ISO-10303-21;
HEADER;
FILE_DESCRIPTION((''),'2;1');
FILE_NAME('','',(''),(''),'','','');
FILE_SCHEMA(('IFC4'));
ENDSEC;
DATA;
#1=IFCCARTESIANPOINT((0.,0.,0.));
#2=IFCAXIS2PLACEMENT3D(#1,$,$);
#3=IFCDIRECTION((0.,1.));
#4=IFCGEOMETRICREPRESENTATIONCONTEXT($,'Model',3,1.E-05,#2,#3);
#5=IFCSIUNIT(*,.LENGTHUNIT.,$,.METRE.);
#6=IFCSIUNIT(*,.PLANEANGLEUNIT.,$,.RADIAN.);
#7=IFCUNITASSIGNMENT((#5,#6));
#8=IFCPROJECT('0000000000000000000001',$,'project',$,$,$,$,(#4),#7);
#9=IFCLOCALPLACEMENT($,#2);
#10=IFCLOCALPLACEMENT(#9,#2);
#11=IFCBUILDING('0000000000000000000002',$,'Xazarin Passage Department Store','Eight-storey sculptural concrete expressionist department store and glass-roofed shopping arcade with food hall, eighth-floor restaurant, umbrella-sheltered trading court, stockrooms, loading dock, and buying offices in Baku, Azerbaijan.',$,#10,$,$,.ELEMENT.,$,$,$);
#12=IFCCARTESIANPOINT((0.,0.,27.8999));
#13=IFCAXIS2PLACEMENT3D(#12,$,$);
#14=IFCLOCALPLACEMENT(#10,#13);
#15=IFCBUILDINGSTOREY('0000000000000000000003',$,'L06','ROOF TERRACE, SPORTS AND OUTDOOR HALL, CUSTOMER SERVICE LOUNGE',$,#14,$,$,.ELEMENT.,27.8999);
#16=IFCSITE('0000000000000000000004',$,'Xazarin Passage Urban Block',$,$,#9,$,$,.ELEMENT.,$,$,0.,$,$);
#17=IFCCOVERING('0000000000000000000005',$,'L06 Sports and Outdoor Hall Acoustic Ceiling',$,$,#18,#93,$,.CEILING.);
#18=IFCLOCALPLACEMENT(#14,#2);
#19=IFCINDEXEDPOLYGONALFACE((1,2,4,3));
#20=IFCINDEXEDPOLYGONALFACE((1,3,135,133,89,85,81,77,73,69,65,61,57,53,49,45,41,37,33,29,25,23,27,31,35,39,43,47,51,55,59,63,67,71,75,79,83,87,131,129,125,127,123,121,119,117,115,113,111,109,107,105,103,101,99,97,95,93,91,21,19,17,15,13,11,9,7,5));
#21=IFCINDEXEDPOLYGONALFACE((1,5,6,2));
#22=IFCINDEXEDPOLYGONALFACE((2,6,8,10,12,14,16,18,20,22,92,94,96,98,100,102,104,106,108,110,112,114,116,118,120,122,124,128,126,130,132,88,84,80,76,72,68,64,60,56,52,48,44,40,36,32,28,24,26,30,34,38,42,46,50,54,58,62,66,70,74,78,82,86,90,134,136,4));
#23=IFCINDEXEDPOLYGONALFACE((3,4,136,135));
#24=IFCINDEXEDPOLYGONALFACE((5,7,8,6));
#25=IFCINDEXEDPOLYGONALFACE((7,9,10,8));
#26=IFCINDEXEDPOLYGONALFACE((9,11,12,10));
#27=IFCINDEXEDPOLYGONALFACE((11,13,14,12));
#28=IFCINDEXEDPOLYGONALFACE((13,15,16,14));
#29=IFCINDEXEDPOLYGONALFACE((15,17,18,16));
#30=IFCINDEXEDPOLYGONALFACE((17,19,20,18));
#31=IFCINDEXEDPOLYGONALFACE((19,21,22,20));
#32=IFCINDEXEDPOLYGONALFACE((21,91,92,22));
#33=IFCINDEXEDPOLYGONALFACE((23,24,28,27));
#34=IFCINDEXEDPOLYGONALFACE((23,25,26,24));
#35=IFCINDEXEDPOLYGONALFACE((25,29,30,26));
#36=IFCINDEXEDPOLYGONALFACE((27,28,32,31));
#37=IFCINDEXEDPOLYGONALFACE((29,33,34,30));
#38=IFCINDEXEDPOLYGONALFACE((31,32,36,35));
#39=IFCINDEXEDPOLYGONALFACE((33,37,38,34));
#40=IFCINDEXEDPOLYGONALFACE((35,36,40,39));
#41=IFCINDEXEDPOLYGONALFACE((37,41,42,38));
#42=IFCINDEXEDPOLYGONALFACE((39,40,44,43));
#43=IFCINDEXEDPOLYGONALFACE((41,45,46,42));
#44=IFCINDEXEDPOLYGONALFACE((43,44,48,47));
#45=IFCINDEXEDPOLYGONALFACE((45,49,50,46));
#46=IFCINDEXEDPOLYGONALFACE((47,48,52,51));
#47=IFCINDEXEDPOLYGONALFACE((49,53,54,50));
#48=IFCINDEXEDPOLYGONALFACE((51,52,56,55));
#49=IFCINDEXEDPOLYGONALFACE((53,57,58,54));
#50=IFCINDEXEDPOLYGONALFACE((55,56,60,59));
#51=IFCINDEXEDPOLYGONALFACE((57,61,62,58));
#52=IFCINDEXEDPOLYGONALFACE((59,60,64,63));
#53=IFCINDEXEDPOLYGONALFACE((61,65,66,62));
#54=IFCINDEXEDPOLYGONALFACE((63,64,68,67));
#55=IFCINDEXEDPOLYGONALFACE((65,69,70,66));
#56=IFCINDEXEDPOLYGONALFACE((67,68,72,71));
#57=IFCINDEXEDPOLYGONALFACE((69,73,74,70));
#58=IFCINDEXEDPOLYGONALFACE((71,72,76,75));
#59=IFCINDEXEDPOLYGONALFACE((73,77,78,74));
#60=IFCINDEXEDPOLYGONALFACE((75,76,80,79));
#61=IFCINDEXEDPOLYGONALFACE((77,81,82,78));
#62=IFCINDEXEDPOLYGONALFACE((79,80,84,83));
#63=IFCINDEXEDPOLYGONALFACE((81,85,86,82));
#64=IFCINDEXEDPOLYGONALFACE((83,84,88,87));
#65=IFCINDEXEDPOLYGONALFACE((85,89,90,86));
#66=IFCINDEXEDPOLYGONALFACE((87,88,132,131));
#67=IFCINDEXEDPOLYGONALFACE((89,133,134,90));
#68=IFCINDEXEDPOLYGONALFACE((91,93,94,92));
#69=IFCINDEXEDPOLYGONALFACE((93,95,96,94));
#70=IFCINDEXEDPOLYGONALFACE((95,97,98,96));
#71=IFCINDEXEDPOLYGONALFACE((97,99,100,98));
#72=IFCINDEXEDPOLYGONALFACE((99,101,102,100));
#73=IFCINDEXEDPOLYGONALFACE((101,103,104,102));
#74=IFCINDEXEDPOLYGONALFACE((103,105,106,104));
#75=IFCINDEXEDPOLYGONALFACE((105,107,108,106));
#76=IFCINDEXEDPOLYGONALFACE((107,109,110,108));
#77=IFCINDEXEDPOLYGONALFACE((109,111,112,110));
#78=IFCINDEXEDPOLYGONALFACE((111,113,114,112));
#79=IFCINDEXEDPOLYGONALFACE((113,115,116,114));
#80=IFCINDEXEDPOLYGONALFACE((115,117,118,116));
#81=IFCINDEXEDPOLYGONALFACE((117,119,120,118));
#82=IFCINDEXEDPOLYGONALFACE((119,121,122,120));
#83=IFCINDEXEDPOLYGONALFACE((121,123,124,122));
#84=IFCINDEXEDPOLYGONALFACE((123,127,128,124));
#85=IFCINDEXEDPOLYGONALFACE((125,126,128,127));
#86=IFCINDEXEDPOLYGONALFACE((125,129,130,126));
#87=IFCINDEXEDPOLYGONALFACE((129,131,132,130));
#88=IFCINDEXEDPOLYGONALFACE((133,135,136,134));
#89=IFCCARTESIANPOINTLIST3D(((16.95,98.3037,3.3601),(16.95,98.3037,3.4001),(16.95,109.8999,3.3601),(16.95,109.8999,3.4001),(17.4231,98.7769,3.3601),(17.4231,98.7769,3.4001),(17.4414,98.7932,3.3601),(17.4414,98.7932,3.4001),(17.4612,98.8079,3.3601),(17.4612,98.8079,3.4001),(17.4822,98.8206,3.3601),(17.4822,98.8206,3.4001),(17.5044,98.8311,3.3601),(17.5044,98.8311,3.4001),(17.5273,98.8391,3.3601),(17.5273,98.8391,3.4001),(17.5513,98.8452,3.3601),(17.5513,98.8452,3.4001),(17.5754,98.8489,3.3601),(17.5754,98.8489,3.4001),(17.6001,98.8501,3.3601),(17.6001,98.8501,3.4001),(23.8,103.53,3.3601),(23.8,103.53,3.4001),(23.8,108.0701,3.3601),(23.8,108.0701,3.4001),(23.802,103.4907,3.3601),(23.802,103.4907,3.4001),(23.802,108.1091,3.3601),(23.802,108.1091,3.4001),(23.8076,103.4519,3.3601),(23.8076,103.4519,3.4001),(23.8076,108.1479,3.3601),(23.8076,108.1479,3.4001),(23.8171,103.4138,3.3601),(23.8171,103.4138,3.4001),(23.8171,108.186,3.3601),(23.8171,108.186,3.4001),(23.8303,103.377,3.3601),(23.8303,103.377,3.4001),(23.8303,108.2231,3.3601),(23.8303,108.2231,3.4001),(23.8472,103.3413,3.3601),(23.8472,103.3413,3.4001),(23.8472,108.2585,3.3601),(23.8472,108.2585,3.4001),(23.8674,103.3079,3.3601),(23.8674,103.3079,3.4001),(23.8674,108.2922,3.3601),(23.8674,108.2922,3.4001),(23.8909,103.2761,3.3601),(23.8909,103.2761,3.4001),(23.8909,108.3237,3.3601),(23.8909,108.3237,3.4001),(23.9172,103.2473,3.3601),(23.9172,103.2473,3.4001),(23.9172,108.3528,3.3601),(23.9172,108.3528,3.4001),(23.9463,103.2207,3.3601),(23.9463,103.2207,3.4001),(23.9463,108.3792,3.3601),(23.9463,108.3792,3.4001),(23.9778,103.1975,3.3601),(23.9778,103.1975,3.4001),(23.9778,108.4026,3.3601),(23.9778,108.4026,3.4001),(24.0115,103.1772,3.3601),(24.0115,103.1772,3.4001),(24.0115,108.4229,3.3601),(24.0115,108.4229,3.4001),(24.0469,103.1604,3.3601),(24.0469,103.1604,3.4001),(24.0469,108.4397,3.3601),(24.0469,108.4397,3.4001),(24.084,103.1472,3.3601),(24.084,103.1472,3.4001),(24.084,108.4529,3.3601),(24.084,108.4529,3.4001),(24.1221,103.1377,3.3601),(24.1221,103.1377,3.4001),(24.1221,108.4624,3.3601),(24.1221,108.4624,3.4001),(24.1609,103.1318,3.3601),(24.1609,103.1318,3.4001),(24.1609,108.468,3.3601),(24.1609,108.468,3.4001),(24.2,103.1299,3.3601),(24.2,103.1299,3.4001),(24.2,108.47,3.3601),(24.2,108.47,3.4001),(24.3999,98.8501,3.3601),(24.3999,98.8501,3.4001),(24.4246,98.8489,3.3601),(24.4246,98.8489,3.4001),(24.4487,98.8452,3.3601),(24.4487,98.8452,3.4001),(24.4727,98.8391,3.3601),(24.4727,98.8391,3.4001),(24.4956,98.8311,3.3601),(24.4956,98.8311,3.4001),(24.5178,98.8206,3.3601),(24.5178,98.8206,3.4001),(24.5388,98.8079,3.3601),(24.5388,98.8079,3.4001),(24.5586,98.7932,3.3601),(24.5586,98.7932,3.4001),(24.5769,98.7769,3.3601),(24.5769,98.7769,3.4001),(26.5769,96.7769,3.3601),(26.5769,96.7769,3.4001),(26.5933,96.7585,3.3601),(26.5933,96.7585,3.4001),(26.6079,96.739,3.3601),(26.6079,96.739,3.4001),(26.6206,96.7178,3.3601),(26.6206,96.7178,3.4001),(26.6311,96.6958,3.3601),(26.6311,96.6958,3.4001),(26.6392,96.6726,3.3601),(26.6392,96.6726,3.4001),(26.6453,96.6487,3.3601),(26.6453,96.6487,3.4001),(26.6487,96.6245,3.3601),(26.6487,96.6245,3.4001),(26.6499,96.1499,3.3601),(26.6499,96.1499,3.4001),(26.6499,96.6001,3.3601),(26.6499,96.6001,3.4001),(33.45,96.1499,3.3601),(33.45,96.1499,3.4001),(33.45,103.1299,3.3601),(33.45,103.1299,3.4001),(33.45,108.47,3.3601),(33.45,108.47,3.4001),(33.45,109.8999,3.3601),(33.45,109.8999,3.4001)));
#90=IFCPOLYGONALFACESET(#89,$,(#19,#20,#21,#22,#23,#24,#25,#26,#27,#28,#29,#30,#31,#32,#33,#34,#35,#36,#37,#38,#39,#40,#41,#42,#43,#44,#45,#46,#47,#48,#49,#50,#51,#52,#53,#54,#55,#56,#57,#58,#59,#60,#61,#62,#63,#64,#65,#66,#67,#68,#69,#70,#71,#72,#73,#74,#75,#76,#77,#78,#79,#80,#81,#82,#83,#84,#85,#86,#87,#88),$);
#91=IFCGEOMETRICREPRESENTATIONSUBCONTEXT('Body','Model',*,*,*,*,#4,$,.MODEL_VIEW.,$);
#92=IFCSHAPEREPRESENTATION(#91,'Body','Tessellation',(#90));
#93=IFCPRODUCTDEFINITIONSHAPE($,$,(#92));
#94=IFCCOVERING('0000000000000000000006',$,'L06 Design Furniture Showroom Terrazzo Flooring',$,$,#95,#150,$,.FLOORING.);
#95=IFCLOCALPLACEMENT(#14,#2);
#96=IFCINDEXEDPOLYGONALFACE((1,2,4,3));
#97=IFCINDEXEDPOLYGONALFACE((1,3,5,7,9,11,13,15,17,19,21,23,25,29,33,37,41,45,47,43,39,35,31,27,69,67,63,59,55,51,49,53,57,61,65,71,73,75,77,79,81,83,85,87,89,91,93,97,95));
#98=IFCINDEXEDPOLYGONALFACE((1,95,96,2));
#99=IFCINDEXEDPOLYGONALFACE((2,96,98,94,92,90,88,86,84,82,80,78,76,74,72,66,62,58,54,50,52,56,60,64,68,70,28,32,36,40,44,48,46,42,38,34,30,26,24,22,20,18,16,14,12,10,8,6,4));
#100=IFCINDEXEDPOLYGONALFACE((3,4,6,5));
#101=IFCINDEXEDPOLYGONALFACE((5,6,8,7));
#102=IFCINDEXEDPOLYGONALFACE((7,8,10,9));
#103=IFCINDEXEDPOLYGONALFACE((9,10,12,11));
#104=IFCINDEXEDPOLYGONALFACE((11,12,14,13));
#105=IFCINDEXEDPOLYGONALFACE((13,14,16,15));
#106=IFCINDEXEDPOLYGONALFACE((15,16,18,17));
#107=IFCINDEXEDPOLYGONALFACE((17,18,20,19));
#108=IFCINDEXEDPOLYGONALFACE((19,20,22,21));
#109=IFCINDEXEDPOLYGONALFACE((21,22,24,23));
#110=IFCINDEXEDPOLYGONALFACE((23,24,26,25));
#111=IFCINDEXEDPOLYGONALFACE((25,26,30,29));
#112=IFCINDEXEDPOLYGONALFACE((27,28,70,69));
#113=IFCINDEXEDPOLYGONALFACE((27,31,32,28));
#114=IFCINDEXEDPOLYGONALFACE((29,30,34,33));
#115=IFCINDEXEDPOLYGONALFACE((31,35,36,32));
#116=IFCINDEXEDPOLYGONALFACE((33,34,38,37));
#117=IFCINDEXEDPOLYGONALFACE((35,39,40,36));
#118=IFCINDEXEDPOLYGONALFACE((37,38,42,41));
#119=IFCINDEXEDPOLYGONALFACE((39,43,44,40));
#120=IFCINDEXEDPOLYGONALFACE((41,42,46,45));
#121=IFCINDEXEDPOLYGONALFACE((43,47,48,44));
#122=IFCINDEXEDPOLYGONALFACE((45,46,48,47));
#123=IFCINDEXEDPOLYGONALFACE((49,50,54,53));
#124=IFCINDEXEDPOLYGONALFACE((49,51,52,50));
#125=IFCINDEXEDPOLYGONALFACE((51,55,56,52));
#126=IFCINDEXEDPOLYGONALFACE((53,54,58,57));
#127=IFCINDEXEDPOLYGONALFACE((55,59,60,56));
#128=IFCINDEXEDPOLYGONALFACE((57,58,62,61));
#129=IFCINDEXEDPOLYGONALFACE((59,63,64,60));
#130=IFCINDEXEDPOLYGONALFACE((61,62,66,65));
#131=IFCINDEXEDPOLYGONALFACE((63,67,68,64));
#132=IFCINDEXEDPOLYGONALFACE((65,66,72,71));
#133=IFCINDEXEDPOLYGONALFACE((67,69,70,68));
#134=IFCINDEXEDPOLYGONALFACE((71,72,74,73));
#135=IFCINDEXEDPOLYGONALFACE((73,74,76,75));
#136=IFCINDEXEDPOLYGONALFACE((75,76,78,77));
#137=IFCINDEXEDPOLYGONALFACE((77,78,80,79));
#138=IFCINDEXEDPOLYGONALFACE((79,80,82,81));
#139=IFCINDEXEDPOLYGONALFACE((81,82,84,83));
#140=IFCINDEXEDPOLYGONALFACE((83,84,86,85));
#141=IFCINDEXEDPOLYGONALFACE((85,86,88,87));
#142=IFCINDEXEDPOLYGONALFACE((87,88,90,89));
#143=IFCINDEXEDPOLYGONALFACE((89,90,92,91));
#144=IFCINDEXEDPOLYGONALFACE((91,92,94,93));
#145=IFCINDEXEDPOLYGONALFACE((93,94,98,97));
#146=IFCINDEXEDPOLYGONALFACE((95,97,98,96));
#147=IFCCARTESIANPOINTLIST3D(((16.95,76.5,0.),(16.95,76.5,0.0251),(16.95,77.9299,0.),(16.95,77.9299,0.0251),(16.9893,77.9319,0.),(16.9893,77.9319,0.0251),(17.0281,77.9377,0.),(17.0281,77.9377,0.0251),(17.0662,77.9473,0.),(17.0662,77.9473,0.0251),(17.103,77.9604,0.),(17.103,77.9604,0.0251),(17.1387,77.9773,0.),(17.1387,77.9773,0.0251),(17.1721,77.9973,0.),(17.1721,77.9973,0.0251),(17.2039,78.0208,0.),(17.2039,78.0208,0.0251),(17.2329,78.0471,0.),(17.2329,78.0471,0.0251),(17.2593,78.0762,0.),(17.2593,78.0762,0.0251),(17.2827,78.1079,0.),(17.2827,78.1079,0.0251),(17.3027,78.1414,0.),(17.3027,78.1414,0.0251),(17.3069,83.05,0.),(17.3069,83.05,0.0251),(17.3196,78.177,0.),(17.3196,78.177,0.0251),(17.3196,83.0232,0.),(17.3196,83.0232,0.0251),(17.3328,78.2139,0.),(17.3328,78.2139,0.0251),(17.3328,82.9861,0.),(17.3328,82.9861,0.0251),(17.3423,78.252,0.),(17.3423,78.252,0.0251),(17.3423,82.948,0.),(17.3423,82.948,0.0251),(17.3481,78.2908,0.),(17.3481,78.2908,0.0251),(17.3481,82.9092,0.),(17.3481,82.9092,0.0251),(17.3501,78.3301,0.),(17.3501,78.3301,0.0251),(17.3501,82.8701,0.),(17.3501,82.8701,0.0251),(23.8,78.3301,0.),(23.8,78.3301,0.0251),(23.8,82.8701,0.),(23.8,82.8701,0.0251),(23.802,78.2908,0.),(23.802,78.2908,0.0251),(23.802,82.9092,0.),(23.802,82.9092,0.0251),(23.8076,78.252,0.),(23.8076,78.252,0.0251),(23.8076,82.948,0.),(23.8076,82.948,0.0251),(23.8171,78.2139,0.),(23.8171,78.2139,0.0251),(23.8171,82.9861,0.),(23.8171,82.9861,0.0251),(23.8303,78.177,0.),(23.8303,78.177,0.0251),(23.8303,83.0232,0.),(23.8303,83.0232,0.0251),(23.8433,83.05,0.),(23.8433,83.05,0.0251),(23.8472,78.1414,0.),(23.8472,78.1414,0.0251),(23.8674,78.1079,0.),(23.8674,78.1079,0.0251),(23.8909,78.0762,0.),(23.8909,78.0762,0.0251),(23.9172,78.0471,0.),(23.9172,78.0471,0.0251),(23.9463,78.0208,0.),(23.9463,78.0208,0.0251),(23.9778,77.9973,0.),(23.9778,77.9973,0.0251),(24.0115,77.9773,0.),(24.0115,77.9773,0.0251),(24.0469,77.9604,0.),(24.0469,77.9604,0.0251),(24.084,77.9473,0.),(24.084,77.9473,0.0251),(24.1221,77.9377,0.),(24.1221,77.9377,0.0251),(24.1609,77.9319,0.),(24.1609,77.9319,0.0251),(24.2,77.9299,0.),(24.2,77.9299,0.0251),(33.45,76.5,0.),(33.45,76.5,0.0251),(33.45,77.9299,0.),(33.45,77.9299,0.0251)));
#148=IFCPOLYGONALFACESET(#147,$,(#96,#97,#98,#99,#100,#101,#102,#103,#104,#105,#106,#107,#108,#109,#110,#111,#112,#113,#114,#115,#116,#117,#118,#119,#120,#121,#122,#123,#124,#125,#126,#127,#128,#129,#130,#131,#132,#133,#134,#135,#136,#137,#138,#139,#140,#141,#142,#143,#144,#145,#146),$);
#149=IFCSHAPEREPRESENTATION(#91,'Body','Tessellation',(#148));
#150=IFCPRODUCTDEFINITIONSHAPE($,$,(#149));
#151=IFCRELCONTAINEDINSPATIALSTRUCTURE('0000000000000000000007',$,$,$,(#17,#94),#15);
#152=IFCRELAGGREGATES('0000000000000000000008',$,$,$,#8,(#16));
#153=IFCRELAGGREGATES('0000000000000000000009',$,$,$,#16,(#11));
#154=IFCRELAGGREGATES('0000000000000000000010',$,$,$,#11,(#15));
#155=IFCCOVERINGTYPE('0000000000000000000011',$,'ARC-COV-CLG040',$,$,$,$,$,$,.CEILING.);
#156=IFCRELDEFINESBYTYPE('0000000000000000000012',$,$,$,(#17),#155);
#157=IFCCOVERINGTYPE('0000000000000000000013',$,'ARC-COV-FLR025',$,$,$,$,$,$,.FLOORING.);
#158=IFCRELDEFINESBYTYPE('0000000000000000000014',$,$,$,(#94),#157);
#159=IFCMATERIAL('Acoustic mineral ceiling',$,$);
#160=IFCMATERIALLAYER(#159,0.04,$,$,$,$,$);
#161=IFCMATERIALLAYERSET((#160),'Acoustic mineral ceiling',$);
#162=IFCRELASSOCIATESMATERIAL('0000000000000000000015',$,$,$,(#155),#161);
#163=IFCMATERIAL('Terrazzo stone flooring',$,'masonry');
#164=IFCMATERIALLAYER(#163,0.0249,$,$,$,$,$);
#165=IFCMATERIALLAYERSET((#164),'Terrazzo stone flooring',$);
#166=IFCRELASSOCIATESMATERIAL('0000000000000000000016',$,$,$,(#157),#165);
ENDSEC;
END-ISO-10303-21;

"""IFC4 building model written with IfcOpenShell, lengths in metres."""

from ifc_helpers import new_model, si_unit, direction, frame, origin, place, context, subcontext, project, spatial, polyline, outline, extrude, material, layer, layer_set, type_object, element, save


model = new_model("IFC4")

# Units and contexts
model_context = context("Model", 3, precision=1e-05, world=origin(), true_north=direction((0.0, 1.0)))
body_context = subcontext(model_context, "Body", "Model", "MODEL_VIEW")
ifc_project = project(units=[si_unit("LENGTHUNIT", "METRE"), si_unit("PLANEANGLEUNIT", "RADIAN")], contexts=[model_context])

# Site, building, storey
site_placement = place(None, origin())
site = spatial("IfcSite", under=ifc_project, at=site_placement, Name="Xazarin Passage Urban Block", CompositionType="ELEMENT", RefElevation=0.0)
building_placement = place(site_placement, origin())
building = spatial("IfcBuilding", under=site, at=building_placement, Name="Xazarin Passage Department Store", Description="Eight-storey sculptural concrete expressionist department store and glass-roofed shopping arcade with food hall, eighth-floor restaurant, umbrella-sheltered trading court, stockrooms, loading dock, and buying offices in Baku, Azerbaijan.", CompositionType="ELEMENT")
storey_placement = place(building_placement, frame((0.0, 0.0, 27.8999)))
storey = spatial("IfcBuildingStorey", under=building, at=storey_placement, Name="L06", Description="ROOF TERRACE, SPORTS AND OUTDOOR HALL, CUSTOMER SERVICE LOUNGE", CompositionType="ELEMENT", Elevation=27.8999)

# Coverings
ifc_material_1 = material(Name="Acoustic mineral ceiling")
ifc_layer_1 = layer(ifc_material_1, 0.04)
ifc_layer_set_1 = layer_set([ifc_layer_1], Name="Acoustic mineral ceiling")
covering_type_1 = type_object("IfcCoveringType", Name="ARC-COV-CLG040", PredefinedType="CEILING", material=ifc_layer_set_1)
covering_1_placement = place(storey_placement, frame((0.0, 0.0, 3.3601)))
element("IfcCovering", 1, at=covering_1_placement, inside=storey, type_object=covering_type_1, Name="L06 Sports and Outdoor Hall Acoustic Ceiling", PredefinedType="CEILING", context=body_context, shape_type="SweptSolid", body=[
    extrude(outline(polyline([(33.45, 103.1299), (24.2, 103.1299), (24.1609, 103.1318), (24.1221, 103.1377), (24.084, 103.1472), (24.0469, 103.1604), (24.0115, 103.1772), (23.9778, 103.1975), (23.9463, 103.2207), (23.9172, 103.2473), (23.8909, 103.2761), (23.8674, 103.3079), (23.8472, 103.3413), (23.8303, 103.377), (23.8171, 103.4138), (23.8076, 103.4519), (23.802, 103.4907), (23.8, 103.53), (23.8, 108.0701), (23.802, 108.1091), (23.8076, 108.1479), (23.8171, 108.186), (23.8303, 108.2231), (23.8472, 108.2585), (23.8674, 108.2922), (23.8909, 108.3237), (23.9172, 108.3528), (23.9463, 108.3792), (23.9778, 108.4026), (24.0115, 108.4229), (24.0469, 108.4397), (24.084, 108.4529), (24.1221, 108.4624), (24.1609, 108.468), (24.2, 108.47), (33.45, 108.47), (33.45, 109.8999), (16.95, 109.8999), (16.95, 98.3037), (17.4231, 98.7769), (17.4414, 98.7932), (17.4612, 98.8079), (17.4822, 98.8206), (17.5044, 98.8311), (17.5273, 98.8391), (17.5513, 98.8452), (17.5754, 98.8489), (17.6001, 98.8501), (24.3999, 98.8501), (24.4246, 98.8489), (24.4487, 98.8452), (24.4727, 98.8391), (24.4956, 98.8311), (24.5178, 98.8206), (24.5388, 98.8079), (24.5586, 98.7932), (24.5769, 98.7769), (26.5769, 96.7769), (26.5933, 96.7585), (26.6079, 96.739), (26.6206, 96.7178), (26.6311, 96.6958), (26.6392, 96.6726), (26.6453, 96.6487), (26.6487, 96.6245), (26.6499, 96.6001), (26.6499, 96.1499), (33.45, 96.1499), (33.45, 103.1299)])), origin(), (0.0, 0.0, 1.0), 0.04),
])
ifc_material_2 = material(Name="Terrazzo stone flooring", Category="masonry")
ifc_layer_2 = layer(ifc_material_2, 0.0249)
ifc_layer_set_2 = layer_set([ifc_layer_2], Name="Terrazzo stone flooring")
covering_type_2 = type_object("IfcCoveringType", Name="ARC-COV-FLR025", PredefinedType="FLOORING", material=ifc_layer_set_2)
covering_2_placement = place(storey_placement, origin())
element("IfcCovering", 2, at=covering_2_placement, inside=storey, type_object=covering_type_2, Name="L06 Design Furniture Showroom Terrazzo Flooring", PredefinedType="FLOORING", context=body_context, shape_type="SweptSolid", body=[
    extrude(outline(polyline([(17.3069, 83.05), (17.3196, 83.0232), (17.3328, 82.9861), (17.3423, 82.948), (17.3481, 82.9092), (17.3501, 82.8701), (17.3501, 78.3301), (17.3481, 78.2908), (17.3423, 78.252), (17.3328, 78.2139), (17.3196, 78.177), (17.3027, 78.1414), (17.2827, 78.1079), (17.2593, 78.0762), (17.2329, 78.0471), (17.2039, 78.0208), (17.1721, 77.9973), (17.1387, 77.9773), (17.103, 77.9604), (17.0662, 77.9473), (17.0281, 77.9377), (16.9893, 77.9319), (16.95, 77.9299), (16.95, 76.5), (33.45, 76.5), (33.45, 77.9299), (24.2, 77.9299), (24.1609, 77.9319), (24.1221, 77.9377), (24.084, 77.9473), (24.0469, 77.9604), (24.0115, 77.9773), (23.9778, 77.9973), (23.9463, 78.0208), (23.9172, 78.0471), (23.8909, 78.0762), (23.8674, 78.1079), (23.8472, 78.1414), (23.8303, 78.177), (23.8171, 78.2139), (23.8076, 78.252), (23.802, 78.2908), (23.8, 78.3301), (23.8, 82.8701), (23.802, 82.9092), (23.8076, 82.948), (23.8171, 82.9861), (23.8303, 83.0232), (23.8433, 83.05), (17.3069, 83.05)])), origin(), (0.0, 0.0, 1.0), 0.0251),
])

save(model, "model.ifc")
